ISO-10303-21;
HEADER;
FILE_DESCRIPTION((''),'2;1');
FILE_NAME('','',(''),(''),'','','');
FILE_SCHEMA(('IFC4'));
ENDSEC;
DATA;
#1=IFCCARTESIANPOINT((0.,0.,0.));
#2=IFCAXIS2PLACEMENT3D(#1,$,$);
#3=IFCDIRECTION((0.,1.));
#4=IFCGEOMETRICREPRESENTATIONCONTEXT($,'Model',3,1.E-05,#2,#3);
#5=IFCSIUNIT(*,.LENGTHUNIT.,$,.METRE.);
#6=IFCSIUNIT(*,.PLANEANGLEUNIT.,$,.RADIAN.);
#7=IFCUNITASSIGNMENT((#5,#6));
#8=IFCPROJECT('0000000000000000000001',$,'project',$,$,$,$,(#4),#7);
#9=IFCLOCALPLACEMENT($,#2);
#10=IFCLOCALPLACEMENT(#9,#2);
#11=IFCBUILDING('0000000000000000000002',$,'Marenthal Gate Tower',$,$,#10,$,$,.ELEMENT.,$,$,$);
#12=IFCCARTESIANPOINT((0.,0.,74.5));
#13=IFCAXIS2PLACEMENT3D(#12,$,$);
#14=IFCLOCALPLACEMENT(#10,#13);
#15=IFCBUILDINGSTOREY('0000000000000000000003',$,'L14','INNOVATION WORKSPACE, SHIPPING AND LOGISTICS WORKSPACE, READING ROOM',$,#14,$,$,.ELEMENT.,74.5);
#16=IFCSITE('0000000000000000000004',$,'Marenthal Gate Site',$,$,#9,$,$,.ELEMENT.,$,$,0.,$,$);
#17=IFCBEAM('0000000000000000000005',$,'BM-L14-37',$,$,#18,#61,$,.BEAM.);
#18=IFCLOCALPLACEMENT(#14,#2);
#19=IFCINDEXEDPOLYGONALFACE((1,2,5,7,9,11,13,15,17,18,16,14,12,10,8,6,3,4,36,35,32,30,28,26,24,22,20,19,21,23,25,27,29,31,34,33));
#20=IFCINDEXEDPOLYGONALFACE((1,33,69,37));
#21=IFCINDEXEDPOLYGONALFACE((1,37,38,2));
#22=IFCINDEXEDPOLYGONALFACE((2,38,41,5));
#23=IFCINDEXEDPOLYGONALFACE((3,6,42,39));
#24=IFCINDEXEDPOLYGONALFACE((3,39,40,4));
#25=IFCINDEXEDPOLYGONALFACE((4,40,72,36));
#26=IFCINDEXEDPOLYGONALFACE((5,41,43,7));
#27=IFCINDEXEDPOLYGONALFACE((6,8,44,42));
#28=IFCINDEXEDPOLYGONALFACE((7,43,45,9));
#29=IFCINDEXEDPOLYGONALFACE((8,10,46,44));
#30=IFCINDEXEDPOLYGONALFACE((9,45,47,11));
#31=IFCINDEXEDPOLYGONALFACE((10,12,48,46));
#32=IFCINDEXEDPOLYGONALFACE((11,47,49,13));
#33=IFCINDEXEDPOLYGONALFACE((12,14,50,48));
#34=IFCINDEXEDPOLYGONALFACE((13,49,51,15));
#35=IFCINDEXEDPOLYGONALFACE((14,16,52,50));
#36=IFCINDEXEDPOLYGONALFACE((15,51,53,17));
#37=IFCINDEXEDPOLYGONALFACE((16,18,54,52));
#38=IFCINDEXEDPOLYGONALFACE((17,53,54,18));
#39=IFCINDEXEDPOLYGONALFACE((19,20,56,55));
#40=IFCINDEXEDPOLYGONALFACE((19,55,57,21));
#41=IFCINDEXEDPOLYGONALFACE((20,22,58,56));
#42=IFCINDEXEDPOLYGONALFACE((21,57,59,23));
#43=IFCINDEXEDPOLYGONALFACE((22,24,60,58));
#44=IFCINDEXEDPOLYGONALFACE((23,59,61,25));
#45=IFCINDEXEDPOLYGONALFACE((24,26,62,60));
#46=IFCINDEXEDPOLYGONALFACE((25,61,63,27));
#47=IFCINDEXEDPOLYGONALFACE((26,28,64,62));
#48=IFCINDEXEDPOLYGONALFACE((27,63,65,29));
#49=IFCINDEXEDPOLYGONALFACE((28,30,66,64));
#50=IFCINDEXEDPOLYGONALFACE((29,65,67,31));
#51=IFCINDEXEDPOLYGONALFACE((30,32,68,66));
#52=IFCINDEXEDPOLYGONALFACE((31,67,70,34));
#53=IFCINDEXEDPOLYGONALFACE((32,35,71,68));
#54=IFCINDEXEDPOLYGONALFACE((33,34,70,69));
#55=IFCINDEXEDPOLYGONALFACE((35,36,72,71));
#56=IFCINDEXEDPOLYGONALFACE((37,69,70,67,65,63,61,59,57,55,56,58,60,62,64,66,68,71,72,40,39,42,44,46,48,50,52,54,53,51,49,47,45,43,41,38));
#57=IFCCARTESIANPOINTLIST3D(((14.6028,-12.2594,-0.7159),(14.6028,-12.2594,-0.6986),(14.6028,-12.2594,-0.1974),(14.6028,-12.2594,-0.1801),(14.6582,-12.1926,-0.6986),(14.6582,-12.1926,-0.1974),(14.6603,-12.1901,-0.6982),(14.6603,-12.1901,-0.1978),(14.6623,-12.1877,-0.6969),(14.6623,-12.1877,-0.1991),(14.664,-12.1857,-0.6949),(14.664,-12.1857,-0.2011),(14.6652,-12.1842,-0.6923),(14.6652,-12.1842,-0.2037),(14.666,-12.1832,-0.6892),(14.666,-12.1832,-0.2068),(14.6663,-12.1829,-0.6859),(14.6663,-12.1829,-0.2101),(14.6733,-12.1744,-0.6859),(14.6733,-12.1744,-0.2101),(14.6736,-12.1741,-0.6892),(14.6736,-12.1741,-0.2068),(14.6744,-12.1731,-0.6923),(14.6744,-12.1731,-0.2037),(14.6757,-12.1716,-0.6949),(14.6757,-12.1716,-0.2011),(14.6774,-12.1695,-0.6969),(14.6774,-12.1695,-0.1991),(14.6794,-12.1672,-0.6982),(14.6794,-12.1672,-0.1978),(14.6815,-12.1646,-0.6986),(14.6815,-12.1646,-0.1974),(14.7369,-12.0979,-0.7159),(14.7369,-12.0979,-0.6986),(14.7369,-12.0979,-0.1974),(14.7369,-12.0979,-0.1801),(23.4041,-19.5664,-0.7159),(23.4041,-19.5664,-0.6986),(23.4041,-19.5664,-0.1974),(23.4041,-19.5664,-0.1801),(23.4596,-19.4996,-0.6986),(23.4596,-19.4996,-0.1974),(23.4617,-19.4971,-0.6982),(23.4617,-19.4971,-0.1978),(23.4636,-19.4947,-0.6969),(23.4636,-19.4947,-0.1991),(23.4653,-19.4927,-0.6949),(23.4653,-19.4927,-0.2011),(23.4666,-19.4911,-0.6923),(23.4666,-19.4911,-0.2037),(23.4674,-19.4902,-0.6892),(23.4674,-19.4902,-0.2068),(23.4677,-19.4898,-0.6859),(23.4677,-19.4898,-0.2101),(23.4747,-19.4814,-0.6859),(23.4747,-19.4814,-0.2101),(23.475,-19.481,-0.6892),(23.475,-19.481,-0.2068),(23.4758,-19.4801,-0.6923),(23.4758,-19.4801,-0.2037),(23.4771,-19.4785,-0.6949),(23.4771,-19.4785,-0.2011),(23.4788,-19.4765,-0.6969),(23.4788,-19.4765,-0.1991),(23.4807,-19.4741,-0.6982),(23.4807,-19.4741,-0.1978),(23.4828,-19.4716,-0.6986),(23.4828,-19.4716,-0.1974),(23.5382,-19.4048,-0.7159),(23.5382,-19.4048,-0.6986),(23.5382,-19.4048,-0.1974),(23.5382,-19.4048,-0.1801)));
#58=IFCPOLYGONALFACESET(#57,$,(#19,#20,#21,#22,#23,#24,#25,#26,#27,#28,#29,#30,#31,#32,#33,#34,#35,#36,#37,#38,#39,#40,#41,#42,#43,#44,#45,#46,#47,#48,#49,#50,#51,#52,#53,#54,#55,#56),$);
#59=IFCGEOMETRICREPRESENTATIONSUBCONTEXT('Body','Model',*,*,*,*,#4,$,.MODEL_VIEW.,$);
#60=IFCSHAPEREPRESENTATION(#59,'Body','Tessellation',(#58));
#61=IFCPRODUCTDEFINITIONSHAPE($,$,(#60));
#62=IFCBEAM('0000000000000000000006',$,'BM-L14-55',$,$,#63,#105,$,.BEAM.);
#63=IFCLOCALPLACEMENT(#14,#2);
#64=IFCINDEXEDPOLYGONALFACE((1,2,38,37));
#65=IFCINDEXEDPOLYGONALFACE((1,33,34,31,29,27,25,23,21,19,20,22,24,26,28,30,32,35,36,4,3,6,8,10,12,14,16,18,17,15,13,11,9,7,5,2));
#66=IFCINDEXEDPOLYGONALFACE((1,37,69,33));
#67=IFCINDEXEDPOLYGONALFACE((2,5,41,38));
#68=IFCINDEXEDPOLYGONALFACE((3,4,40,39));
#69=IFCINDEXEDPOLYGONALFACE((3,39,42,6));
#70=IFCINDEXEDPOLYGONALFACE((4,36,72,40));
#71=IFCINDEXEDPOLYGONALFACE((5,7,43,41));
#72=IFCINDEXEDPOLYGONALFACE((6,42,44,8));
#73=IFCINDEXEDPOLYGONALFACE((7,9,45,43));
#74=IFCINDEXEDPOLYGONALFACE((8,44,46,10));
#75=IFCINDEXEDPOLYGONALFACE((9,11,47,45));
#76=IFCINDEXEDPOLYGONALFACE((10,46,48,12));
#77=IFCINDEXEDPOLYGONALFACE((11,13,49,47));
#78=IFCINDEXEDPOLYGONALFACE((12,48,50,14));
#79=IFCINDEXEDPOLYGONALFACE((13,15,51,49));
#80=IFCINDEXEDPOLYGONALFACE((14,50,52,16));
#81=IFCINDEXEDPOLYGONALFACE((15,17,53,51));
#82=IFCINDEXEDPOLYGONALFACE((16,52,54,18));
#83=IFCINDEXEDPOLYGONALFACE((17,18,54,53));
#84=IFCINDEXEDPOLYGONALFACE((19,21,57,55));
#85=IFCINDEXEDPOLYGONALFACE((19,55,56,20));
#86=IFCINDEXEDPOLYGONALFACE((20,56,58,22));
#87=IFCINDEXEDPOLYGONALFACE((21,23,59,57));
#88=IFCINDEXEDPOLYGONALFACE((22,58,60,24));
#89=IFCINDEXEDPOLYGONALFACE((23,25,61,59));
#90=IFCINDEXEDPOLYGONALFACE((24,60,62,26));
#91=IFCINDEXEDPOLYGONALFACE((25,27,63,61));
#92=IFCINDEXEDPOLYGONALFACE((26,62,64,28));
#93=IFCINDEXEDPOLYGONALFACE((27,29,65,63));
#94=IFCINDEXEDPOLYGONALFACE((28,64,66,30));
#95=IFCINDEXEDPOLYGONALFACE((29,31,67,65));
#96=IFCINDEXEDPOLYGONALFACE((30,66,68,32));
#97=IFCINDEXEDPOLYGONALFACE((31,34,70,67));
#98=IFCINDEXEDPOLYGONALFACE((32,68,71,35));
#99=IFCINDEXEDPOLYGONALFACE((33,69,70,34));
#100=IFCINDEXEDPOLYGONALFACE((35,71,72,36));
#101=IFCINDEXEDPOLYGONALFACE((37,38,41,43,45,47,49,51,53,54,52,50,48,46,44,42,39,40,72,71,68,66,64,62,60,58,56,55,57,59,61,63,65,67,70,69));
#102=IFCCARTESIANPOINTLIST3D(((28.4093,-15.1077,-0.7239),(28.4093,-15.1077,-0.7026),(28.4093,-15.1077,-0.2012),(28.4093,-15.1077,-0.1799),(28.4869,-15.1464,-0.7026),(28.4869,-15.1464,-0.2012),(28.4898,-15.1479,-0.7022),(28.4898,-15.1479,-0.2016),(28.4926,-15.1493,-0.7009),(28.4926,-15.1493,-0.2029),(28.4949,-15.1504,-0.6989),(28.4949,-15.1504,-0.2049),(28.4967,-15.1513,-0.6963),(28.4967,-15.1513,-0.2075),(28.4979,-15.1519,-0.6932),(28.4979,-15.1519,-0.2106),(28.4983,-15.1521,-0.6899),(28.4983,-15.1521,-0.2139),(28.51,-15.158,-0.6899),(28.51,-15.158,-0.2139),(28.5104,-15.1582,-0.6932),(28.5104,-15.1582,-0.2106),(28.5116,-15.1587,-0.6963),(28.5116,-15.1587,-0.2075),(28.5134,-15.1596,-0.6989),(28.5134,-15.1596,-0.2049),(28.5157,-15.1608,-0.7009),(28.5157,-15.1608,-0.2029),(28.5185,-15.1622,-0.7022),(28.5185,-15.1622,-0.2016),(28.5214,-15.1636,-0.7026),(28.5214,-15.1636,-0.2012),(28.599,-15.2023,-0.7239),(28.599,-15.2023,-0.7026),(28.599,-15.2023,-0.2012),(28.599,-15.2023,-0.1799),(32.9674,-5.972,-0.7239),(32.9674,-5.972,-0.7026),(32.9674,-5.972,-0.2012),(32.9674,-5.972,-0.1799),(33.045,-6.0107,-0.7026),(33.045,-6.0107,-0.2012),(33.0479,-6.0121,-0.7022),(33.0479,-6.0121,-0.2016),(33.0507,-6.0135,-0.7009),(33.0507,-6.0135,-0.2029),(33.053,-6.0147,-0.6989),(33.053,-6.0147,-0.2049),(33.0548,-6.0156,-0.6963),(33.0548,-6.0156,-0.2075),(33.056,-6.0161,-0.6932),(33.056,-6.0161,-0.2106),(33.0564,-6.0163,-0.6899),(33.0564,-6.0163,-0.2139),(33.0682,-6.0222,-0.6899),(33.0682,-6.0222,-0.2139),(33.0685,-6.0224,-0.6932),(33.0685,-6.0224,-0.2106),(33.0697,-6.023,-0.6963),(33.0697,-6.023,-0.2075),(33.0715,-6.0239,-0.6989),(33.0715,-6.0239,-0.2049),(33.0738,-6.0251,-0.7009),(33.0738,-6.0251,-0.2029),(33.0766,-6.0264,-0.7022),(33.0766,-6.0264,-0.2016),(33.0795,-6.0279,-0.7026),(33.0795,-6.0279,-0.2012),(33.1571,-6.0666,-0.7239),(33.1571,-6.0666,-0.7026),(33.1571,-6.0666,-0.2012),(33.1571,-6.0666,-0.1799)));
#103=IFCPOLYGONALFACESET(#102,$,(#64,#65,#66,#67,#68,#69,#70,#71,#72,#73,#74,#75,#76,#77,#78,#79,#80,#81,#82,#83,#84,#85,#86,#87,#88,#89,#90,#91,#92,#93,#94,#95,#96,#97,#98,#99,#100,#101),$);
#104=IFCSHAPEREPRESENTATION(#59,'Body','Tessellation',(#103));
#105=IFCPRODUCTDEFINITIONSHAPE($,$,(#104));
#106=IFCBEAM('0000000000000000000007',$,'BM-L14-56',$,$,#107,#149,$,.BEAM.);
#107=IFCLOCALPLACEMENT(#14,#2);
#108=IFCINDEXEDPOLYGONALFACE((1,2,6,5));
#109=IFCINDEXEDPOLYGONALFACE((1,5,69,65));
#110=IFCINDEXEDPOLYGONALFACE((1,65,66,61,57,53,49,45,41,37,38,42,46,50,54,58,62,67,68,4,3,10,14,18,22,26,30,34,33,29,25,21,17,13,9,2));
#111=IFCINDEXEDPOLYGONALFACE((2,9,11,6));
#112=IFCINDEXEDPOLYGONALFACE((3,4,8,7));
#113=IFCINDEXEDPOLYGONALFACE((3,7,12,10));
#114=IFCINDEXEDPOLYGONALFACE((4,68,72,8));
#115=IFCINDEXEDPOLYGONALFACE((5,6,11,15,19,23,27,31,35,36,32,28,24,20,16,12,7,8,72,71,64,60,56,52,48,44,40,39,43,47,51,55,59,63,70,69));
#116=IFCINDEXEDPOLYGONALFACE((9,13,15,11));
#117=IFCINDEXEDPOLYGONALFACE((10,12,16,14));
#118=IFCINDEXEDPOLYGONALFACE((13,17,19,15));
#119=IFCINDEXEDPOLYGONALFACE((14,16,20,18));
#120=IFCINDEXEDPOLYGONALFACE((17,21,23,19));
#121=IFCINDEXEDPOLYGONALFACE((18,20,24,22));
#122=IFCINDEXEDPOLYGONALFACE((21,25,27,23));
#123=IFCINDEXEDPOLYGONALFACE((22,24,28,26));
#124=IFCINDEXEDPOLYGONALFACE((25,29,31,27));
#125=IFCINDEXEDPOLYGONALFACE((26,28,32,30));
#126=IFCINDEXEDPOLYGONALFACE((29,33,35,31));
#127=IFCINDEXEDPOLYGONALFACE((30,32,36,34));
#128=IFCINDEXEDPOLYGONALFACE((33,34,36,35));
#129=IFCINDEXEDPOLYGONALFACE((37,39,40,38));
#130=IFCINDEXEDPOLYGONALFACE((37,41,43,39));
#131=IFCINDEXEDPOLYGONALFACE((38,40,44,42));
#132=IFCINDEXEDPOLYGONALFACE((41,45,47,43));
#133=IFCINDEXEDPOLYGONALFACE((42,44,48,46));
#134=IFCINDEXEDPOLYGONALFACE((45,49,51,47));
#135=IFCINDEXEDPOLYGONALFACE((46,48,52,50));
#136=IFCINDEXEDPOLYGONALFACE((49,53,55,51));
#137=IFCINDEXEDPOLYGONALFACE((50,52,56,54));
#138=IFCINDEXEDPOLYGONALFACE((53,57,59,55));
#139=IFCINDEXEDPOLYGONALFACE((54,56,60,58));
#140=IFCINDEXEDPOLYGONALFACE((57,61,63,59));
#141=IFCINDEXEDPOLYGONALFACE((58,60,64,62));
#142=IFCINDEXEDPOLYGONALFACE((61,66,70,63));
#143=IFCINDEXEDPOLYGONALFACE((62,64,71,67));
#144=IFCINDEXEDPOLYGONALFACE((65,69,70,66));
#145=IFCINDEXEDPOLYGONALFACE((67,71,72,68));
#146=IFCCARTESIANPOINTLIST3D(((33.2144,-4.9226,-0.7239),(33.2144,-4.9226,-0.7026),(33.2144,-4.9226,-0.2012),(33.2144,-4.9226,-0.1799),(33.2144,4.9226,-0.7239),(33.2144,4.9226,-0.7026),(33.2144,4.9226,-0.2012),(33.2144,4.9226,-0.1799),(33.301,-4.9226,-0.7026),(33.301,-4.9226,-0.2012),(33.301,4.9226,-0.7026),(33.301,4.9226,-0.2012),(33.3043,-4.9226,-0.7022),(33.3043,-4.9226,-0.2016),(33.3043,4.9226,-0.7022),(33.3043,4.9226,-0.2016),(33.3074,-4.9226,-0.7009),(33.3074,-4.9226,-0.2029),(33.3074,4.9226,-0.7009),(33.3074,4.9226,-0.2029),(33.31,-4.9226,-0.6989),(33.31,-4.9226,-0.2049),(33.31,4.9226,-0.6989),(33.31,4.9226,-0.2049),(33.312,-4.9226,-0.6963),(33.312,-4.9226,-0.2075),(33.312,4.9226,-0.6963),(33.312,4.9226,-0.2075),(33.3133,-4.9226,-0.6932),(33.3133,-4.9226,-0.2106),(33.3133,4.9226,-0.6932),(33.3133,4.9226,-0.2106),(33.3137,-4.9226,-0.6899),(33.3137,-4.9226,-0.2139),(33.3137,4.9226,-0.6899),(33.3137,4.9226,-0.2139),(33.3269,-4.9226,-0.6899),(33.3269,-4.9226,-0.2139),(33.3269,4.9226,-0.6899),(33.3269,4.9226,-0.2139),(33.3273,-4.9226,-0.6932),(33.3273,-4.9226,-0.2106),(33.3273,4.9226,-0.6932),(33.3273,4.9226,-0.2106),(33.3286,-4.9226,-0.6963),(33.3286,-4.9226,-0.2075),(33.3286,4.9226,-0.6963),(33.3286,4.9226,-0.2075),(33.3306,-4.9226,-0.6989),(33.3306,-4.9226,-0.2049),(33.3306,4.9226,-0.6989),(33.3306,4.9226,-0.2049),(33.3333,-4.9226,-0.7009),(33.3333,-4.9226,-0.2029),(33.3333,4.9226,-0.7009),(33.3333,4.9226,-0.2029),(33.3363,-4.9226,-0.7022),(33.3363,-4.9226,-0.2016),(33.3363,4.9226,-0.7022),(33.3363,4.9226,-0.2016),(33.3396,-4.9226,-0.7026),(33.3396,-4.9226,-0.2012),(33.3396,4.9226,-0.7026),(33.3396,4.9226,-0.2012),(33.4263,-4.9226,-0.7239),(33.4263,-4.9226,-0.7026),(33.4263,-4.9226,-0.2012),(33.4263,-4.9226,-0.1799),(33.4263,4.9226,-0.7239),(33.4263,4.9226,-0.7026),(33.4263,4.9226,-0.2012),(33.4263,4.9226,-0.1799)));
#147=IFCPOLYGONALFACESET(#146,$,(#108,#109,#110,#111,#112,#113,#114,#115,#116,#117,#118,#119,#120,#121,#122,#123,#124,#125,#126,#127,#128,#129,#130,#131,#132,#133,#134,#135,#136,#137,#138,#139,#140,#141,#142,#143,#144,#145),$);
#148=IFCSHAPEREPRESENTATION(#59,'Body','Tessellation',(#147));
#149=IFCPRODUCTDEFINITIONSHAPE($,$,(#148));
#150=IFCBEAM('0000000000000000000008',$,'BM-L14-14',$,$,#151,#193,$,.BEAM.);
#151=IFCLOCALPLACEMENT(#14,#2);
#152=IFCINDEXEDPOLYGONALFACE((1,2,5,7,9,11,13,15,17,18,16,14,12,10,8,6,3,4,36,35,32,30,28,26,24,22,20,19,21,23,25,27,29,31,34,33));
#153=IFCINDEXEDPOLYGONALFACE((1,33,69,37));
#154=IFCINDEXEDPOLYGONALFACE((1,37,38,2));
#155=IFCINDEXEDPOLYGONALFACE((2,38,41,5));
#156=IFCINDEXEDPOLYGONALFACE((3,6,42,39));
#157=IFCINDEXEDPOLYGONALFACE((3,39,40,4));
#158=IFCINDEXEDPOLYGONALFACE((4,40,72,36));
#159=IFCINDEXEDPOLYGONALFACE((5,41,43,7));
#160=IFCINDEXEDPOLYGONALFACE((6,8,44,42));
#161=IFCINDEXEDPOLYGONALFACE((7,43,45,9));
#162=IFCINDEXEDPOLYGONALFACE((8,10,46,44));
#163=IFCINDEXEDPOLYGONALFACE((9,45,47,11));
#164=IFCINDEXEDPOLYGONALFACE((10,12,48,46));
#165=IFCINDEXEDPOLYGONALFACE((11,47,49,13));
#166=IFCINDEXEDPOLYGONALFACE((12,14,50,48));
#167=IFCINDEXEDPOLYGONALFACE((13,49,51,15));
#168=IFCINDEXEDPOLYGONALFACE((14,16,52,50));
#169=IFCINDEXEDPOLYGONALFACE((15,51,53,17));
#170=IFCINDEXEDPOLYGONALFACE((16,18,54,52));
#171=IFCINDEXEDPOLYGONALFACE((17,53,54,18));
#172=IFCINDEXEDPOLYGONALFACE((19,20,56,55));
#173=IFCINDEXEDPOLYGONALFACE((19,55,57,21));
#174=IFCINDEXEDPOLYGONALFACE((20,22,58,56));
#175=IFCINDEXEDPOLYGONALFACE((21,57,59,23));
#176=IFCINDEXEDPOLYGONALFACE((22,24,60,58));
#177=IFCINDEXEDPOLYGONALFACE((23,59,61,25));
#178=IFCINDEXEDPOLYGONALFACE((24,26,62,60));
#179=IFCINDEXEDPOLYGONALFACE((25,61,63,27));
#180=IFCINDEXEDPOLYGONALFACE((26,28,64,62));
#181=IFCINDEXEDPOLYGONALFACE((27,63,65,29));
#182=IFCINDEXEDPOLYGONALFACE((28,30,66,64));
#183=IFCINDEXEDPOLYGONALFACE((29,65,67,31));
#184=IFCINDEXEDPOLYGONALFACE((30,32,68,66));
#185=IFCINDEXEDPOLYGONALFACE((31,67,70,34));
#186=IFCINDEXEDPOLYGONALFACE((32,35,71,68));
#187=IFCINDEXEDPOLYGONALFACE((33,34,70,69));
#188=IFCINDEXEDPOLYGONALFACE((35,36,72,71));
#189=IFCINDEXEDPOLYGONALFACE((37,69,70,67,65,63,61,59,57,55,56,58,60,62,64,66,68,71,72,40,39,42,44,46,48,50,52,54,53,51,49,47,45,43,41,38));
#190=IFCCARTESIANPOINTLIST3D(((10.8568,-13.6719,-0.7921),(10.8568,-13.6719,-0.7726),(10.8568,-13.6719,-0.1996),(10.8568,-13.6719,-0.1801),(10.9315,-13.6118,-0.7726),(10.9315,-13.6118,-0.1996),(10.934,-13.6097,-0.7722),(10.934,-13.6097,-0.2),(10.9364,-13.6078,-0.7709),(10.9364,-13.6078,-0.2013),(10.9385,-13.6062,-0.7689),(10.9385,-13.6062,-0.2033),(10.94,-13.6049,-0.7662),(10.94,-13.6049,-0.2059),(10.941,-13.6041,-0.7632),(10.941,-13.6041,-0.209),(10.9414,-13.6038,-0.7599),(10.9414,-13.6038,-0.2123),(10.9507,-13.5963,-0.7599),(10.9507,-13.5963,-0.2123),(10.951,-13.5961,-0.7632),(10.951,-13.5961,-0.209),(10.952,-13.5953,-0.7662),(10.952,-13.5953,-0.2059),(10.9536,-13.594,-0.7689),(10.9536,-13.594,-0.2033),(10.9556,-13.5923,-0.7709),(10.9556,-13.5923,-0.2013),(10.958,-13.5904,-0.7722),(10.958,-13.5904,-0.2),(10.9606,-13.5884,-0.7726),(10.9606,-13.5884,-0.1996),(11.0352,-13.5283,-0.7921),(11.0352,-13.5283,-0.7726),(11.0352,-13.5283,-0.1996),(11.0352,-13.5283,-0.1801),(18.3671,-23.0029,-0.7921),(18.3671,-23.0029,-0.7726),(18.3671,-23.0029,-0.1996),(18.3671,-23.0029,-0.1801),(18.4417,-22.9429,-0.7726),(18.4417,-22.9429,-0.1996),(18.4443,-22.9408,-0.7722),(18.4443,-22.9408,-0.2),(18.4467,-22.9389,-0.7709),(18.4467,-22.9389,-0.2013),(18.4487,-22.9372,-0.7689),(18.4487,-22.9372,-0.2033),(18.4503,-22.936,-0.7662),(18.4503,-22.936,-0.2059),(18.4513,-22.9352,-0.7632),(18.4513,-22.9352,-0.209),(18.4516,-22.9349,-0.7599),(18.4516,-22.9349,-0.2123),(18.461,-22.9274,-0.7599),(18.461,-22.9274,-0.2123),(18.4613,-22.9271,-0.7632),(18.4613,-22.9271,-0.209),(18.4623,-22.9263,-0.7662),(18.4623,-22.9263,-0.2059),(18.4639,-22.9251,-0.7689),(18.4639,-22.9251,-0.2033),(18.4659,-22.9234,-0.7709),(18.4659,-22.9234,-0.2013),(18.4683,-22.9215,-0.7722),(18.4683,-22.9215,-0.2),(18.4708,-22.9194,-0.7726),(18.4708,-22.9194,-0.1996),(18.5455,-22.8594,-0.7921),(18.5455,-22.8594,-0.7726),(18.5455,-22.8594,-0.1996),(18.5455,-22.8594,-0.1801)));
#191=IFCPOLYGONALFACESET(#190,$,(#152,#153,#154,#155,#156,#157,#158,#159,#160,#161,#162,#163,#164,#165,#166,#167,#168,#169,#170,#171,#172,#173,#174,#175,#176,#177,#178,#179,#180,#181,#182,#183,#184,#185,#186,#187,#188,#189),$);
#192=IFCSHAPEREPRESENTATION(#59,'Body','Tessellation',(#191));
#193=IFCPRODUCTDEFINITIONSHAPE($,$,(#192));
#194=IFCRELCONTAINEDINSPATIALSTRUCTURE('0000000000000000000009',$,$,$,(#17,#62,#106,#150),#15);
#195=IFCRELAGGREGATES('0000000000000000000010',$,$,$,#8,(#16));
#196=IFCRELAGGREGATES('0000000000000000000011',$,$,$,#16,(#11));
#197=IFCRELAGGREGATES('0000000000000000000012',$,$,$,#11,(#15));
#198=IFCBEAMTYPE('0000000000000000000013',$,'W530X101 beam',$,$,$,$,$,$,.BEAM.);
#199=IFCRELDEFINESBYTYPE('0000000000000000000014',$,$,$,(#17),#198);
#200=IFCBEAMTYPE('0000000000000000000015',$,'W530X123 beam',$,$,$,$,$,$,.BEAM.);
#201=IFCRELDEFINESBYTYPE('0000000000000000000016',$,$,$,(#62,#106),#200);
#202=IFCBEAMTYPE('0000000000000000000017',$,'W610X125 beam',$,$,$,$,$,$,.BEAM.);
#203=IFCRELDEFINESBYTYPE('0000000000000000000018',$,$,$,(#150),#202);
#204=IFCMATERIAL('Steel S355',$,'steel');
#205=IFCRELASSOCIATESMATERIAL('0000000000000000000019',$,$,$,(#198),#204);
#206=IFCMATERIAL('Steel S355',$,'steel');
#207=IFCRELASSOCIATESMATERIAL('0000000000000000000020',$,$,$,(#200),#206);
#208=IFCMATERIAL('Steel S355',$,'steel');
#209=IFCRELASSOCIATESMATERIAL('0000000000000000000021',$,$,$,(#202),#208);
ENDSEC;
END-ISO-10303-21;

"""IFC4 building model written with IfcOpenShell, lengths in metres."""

from ifc_helpers import new_model, si_unit, direction, frame, origin, origin_2d, place, context, subcontext, project, spatial, i_section, extrude, material, material_profile, profile_set, type_object, element, save


model = new_model("IFC4")

# Units and contexts
model_context = context("Model", 3, precision=1e-05, world=origin(), true_north=direction((0.0, 1.0)))
body_context = subcontext(model_context, "Body", "Model", "MODEL_VIEW")
ifc_project = project(units=[si_unit("LENGTHUNIT", "METRE"), si_unit("PLANEANGLEUNIT", "RADIAN")], contexts=[model_context])

# Site, building, storey
site_placement = place(None, origin())
site = spatial("IfcSite", under=ifc_project, at=site_placement, Name="Marenthal Gate Site", CompositionType="ELEMENT", RefElevation=0.0)
building_placement = place(site_placement, origin())
building = spatial("IfcBuilding", under=site, at=building_placement, Name="Marenthal Gate Tower", CompositionType="ELEMENT")
storey_placement = place(building_placement, frame((0.0, 0.0, 74.5)))
storey = spatial("IfcBuildingStorey", under=building, at=storey_placement, Name="L14", Description="INNOVATION WORKSPACE, SHIPPING AND LOGISTICS WORKSPACE, READING ROOM", CompositionType="ELEMENT", Elevation=74.5)

# Beams
ifc_material_1 = material(Name="Steel S355", Category="steel")
ifc_material_profile_1 = material_profile(ifc_material_1, i_section(OverallWidth=0.21, OverallDepth=0.5359, WebThickness=0.011, FlangeThickness=0.0173, FilletRadius=0.0127, at=origin_2d()), Name="W530X101")
ifc_profile_set_1 = profile_set([ifc_material_profile_1], Name="Steel S355")
beam_type_1 = type_object("IfcBeamType", Name="W530X101 beam", PredefinedType="BEAM", material=ifc_profile_set_1)
beam_1_placement = place(storey_placement, frame((23.4712, -19.4856, -0.448), z_axis=(-0.769403, 0.638764, 0.0), x_axis=(-0.638764, -0.769403, 0.0)))
element("IfcBeam", 1, at=beam_1_placement, inside=storey, type_object=beam_type_1, Name="BM-L14-37", PredefinedType="BEAM", context=body_context, shape_type="SweptSolid", body=[
    extrude(i_section(OverallWidth=0.21, OverallDepth=0.5359, WebThickness=0.011, FlangeThickness=0.0173, FilletRadius=0.0127, at=origin_2d()), origin(), (0.0, 0.0, 1.0), 11.4392),
])
ifc_material_2 = material(Name="Steel S355", Category="steel")
ifc_material_profile_2 = material_profile(ifc_material_2, i_section(OverallWidth=0.2119, OverallDepth=0.5439, WebThickness=0.0132, FlangeThickness=0.0212, FilletRadius=0.0127, at=origin_2d()), Name="W530X123")
ifc_profile_set_2 = profile_set([ifc_material_profile_2], Name="Steel S355")
beam_type_2 = type_object("IfcBeamType", Name="W530X123 beam", PredefinedType="BEAM", material=ifc_profile_set_2)
beam_2_placement = place(storey_placement, frame((28.5042, -15.155, -0.4519), z_axis=(0.446448, 0.894809, 0.0), x_axis=(-0.894809, 0.446448, 0.0)))
element("IfcBeam", 2, at=beam_2_placement, inside=storey, type_object=beam_type_2, Name="BM-L14-55", PredefinedType="BEAM", context=body_context, shape_type="SweptSolid", body=[
    extrude(i_section(OverallWidth=0.2119, OverallDepth=0.5439, WebThickness=0.0132, FlangeThickness=0.0212, FilletRadius=0.0127, at=origin_2d()), origin(), (0.0, 0.0, 1.0), 10.2097),
])
beam_3_placement = place(storey_placement, frame((33.3203, -4.9226, -0.4519), z_axis=(0.0, 1.0, 0.0), x_axis=(-1.0, 0.0, 0.0)))
element("IfcBeam", 3, at=beam_3_placement, inside=storey, type_object=beam_type_2, Name="BM-L14-56", PredefinedType="BEAM", context=body_context, shape_type="SweptSolid", body=[
    extrude(i_section(OverallWidth=0.2119, OverallDepth=0.5439, WebThickness=0.0132, FlangeThickness=0.0212, FilletRadius=0.0127, at=origin_2d()), origin(), (0.0, 0.0, 1.0), 9.8452),
])
ifc_material_3 = material(Name="Steel S355", Category="steel")
ifc_material_profile_3 = material_profile(ifc_material_3, i_section(OverallWidth=0.229, OverallDepth=0.6121, WebThickness=0.012, FlangeThickness=0.0195, FilletRadius=0.0127, at=origin_2d()), Name="W610X125")
ifc_profile_set_3 = profile_set([ifc_material_profile_3], Name="Steel S355")
beam_type_3 = type_object("IfcBeamType", Name="W610X125 beam", PredefinedType="BEAM", material=ifc_profile_set_3)
beam_4_placement = place(storey_placement, frame((18.4563, -22.9312, -0.4861), z_axis=(-0.627004, 0.779016, 0.0), x_axis=(-0.779016, -0.627004, 0.0)))
element("IfcBeam", 4, at=beam_4_placement, inside=storey, type_object=beam_type_3, Name="BM-L14-14", PredefinedType="BEAM", context=body_context, shape_type="SweptSolid", body=[
    extrude(i_section(OverallWidth=0.229, OverallDepth=0.6121, WebThickness=0.012, FlangeThickness=0.0195, FilletRadius=0.0127, at=origin_2d()), origin(), (0.0, 0.0, 1.0), 11.978),
])

save(model, "model.ifc")
